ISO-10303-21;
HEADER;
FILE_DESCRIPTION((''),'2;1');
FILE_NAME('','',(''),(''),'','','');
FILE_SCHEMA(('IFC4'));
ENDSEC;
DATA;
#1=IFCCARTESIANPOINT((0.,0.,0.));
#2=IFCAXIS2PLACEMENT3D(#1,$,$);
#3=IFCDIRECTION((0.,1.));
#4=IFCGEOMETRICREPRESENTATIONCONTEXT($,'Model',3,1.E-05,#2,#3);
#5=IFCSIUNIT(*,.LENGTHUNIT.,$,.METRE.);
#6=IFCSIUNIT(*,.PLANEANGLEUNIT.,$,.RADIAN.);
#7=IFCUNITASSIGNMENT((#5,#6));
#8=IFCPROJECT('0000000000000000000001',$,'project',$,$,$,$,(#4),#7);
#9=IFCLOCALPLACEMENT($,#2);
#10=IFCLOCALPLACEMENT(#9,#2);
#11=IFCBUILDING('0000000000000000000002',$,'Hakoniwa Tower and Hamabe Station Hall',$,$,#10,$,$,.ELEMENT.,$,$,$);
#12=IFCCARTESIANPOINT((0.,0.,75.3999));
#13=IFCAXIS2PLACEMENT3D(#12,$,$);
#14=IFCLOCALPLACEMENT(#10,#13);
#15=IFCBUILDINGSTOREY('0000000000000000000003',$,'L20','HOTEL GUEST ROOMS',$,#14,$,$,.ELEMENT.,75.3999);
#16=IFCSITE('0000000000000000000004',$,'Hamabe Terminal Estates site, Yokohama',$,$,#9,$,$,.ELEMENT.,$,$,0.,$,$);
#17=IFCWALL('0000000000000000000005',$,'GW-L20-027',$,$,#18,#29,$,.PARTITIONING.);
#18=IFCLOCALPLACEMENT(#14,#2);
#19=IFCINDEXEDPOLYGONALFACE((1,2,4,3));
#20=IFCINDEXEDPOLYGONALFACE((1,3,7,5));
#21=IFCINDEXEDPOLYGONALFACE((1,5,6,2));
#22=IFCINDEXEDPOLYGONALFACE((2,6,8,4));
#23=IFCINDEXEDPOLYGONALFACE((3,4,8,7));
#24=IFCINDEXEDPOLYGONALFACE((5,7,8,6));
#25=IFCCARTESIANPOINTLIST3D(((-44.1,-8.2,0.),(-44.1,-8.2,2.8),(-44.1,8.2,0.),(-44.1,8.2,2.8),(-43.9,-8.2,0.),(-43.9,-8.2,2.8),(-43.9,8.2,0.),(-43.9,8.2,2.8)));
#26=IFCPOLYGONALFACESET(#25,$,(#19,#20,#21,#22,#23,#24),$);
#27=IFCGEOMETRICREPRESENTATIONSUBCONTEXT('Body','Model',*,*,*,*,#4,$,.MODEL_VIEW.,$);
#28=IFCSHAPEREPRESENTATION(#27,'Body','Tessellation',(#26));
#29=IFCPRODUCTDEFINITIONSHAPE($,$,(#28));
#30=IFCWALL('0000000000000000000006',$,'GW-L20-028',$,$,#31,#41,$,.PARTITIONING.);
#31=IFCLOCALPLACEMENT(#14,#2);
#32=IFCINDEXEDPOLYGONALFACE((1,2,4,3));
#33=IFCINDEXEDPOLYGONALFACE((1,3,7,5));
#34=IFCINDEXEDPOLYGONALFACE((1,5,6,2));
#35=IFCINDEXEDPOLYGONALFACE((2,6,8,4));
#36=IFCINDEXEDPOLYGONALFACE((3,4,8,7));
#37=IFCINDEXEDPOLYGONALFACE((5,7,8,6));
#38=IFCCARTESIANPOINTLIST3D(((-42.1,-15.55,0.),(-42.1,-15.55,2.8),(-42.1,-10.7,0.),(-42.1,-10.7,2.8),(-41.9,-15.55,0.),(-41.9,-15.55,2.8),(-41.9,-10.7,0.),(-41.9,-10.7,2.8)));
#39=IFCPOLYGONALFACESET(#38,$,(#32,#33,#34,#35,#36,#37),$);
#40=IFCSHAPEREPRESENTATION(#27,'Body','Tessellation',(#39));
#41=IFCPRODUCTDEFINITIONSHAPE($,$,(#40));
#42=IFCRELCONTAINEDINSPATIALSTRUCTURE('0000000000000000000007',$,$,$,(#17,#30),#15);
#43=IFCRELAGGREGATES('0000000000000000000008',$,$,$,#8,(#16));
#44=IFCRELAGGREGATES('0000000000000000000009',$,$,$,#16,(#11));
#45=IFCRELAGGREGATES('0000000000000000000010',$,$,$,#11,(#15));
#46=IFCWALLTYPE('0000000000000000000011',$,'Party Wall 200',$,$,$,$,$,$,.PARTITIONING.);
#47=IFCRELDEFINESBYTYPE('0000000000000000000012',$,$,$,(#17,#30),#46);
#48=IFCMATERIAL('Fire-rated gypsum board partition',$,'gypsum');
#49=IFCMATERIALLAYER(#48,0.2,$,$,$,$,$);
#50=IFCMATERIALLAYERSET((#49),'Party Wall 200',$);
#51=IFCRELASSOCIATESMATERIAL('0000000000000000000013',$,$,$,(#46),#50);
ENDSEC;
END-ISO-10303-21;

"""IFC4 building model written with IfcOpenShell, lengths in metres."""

from ifc_helpers import new_model, si_unit, direction, frame, frame_2d, origin, place, context, subcontext, project, spatial, rectangle, extrude, material, layer, layer_set, type_object, element, save


model = new_model("IFC4")

# Units and contexts
model_context = context("Model", 3, precision=1e-05, world=origin(), true_north=direction((0.0, 1.0)))
body_context = subcontext(model_context, "Body", "Model", "MODEL_VIEW")
ifc_project = project(units=[si_unit("LENGTHUNIT", "METRE"), si_unit("PLANEANGLEUNIT", "RADIAN")], contexts=[model_context])

# Site, building, storey
site_placement = place(None, origin())
site = spatial("IfcSite", under=ifc_project, at=site_placement, Name="Hamabe Terminal Estates site, Yokohama", CompositionType="ELEMENT", RefElevation=0.0)
building_placement = place(site_placement, origin())
building = spatial("IfcBuilding", under=site, at=building_placement, Name="Hakoniwa Tower and Hamabe Station Hall", CompositionType="ELEMENT")
storey_placement = place(building_placement, frame((0.0, 0.0, 75.3999)))
storey = spatial("IfcBuildingStorey", under=building, at=storey_placement, Name="L20", Description="HOTEL GUEST ROOMS", CompositionType="ELEMENT", Elevation=75.3999)

# Walls
ifc_material_1 = material(Name="Fire-rated gypsum board partition", Category="gypsum")
ifc_layer_1 = layer(ifc_material_1, 0.2)
ifc_layer_set_1 = layer_set([ifc_layer_1], Name="Party Wall 200")
wall_type_1 = type_object("IfcWallType", Name="Party Wall 200", PredefinedType="PARTITIONING", material=ifc_layer_set_1)
wall_1_placement = place(storey_placement, frame((-44.0, -8.2, 0.0), z_axis=(0.0, 0.0, 1.0), x_axis=(0.0, 1.0, 0.0)))
element("IfcWall", 1, at=wall_1_placement, inside=storey, type_object=wall_type_1, Name="GW-L20-027", PredefinedType="PARTITIONING", context=body_context, shape_type="SweptSolid", body=[
    extrude(rectangle(XDim=16.3999, YDim=0.2, at=frame_2d((8.2, 0.0))), origin(), (0.0, 0.0, 1.0), 2.8),
])
wall_2_placement = place(storey_placement, frame((-42.0, -15.55, 0.0), z_axis=(0.0, 0.0, 1.0), x_axis=(0.0, 1.0, 0.0)))
element("IfcWall", 2, at=wall_2_placement, inside=storey, type_object=wall_type_1, Name="GW-L20-028", PredefinedType="PARTITIONING", context=body_context, shape_type="SweptSolid", body=[
    extrude(rectangle(XDim=4.8501, YDim=0.2, at=frame_2d((2.425, 0.0))), origin(), (0.0, 0.0, 1.0), 2.8),
])

save(model, "model.ifc")
